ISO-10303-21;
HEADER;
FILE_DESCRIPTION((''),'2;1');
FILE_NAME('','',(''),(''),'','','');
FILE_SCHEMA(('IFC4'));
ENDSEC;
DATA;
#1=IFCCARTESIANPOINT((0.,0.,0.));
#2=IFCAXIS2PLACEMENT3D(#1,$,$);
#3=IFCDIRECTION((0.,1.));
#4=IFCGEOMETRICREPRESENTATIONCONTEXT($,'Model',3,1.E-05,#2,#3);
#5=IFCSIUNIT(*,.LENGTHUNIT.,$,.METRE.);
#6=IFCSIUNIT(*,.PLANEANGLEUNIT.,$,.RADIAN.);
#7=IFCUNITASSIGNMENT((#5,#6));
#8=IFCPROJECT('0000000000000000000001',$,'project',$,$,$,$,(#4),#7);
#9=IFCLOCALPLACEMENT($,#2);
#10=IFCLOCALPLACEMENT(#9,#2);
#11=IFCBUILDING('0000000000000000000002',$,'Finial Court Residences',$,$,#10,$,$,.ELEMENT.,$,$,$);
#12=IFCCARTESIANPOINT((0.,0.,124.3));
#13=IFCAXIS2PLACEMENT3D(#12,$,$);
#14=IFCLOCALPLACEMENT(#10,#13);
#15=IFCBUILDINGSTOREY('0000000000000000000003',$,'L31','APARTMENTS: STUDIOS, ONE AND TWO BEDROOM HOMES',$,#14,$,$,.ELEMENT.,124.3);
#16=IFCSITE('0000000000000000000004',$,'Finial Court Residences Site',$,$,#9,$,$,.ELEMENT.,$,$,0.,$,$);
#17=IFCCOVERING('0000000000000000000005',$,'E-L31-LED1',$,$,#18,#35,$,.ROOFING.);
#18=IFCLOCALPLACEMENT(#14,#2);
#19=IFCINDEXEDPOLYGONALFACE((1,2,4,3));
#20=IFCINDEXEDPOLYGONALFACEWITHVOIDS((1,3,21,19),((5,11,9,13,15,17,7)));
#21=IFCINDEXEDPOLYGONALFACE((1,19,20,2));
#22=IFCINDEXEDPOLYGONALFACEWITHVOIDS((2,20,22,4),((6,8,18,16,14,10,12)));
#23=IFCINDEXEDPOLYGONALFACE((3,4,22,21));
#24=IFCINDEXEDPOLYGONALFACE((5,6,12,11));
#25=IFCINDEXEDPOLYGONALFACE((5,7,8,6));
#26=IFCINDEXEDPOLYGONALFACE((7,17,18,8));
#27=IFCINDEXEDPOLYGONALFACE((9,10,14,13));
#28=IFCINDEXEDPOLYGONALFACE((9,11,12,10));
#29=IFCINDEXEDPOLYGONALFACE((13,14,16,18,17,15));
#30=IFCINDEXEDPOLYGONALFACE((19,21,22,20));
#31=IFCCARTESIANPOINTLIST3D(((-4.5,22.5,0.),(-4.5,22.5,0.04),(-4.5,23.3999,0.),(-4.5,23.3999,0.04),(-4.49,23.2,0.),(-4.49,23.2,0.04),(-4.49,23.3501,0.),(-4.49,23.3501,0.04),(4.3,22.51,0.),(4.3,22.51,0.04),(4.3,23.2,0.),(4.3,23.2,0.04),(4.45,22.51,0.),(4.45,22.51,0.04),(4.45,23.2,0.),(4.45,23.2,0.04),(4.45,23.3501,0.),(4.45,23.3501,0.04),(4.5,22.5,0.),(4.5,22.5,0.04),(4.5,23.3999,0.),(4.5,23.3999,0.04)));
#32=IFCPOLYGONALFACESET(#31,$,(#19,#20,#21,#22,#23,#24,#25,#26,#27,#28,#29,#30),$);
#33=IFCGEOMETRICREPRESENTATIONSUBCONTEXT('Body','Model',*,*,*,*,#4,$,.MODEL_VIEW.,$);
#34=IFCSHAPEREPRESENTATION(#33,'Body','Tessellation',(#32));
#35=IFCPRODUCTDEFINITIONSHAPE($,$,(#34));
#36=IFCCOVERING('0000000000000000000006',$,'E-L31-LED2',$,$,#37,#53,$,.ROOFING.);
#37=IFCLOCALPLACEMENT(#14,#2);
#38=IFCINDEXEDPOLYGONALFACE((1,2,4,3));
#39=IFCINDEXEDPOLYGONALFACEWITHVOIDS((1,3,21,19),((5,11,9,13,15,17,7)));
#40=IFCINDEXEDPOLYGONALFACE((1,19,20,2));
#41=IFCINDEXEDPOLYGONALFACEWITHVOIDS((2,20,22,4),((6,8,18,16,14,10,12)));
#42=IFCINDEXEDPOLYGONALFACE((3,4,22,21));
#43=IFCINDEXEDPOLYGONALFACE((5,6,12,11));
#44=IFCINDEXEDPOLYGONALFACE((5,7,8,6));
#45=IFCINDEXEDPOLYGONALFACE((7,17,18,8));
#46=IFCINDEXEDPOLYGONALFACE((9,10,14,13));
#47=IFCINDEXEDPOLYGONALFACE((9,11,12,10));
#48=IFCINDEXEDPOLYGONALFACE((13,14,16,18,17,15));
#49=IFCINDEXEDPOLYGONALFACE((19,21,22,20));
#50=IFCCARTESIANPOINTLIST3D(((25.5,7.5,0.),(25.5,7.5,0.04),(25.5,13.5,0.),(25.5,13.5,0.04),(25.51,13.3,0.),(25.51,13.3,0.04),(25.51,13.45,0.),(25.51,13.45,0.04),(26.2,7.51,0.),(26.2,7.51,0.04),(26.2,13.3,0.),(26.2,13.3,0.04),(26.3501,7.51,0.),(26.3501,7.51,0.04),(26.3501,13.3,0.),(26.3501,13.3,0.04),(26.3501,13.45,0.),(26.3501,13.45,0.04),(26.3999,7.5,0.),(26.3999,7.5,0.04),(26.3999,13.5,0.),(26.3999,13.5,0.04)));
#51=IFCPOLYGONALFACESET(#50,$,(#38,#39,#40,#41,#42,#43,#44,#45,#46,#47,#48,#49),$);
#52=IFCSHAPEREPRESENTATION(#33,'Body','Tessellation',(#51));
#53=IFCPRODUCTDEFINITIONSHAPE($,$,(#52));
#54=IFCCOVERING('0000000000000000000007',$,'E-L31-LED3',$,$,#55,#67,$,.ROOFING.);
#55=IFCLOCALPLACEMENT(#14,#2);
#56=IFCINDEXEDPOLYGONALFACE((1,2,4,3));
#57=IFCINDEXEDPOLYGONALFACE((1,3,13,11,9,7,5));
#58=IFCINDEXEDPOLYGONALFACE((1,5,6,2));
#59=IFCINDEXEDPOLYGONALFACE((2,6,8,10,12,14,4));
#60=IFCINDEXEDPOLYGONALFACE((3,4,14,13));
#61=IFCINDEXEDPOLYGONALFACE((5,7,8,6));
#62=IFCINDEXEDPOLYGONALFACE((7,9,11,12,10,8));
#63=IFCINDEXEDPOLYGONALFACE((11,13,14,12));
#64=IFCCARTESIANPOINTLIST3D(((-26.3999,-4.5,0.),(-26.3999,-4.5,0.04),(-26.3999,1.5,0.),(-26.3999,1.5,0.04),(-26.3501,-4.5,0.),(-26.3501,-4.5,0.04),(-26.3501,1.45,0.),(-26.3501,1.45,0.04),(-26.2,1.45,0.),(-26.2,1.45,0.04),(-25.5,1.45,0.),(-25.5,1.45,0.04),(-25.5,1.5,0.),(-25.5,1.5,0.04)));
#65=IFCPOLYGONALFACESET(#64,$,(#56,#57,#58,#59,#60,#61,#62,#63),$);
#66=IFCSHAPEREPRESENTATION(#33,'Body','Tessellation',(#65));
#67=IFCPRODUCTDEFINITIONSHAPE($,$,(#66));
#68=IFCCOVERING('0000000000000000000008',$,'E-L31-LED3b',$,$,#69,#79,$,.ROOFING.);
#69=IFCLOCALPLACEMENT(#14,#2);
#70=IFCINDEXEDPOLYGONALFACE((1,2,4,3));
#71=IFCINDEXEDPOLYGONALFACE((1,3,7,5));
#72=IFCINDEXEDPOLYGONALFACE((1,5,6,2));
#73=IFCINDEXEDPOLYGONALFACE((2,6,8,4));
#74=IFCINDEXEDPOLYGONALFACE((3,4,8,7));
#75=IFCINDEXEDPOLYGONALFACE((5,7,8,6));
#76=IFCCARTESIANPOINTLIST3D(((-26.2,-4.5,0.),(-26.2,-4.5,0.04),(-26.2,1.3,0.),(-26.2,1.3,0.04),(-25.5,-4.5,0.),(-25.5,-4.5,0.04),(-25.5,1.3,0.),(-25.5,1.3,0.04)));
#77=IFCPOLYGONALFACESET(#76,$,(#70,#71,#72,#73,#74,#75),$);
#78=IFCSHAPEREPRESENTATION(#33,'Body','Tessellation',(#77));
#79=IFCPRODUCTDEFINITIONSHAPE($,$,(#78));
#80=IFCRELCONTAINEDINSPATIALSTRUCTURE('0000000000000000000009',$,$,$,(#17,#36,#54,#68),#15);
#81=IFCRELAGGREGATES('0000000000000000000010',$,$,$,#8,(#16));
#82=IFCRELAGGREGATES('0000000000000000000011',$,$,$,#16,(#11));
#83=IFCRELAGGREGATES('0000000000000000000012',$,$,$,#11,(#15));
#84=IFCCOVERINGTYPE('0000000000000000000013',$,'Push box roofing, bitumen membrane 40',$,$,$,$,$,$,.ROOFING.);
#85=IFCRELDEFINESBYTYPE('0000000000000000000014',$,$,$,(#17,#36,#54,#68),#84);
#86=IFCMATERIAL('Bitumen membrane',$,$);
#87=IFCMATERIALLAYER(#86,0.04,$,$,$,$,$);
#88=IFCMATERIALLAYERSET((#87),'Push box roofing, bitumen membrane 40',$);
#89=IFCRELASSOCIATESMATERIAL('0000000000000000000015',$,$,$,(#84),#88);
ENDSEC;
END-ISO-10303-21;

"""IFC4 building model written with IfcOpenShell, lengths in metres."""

from ifc_helpers import new_model, si_unit, direction, frame, origin, place, context, subcontext, project, spatial, polyline, outline, extrude, material, layer, layer_set, type_object, element, save


model = new_model("IFC4")

# Units and contexts
model_context = context("Model", 3, precision=1e-05, world=origin(), true_north=direction((0.0, 1.0)))
body_context = subcontext(model_context, "Body", "Model", "MODEL_VIEW")
ifc_project = project(units=[si_unit("LENGTHUNIT", "METRE"), si_unit("PLANEANGLEUNIT", "RADIAN")], contexts=[model_context])

# Site, building, storey
site_placement = place(None, origin())
site = spatial("IfcSite", under=ifc_project, at=site_placement, Name="Finial Court Residences Site", CompositionType="ELEMENT", RefElevation=0.0)
building_placement = place(site_placement, origin())
building = spatial("IfcBuilding", under=site, at=building_placement, Name="Finial Court Residences", CompositionType="ELEMENT")
storey_placement = place(building_placement, frame((0.0, 0.0, 124.3)))
storey = spatial("IfcBuildingStorey", under=building, at=storey_placement, Name="L31", Description="APARTMENTS: STUDIOS, ONE AND TWO BEDROOM HOMES", CompositionType="ELEMENT", Elevation=124.3)

# Coverings
ifc_material_1 = material(Name="Bitumen membrane")
ifc_layer_1 = layer(ifc_material_1, 0.04)
ifc_layer_set_1 = layer_set([ifc_layer_1], Name="Push box roofing, bitumen membrane 40")
covering_type_1 = type_object("IfcCoveringType", Name="Push box roofing, bitumen membrane 40", PredefinedType="ROOFING", material=ifc_layer_set_1)
covering_1_placement = place(storey_placement, origin())
element("IfcCovering", 1, at=covering_1_placement, inside=storey, type_object=covering_type_1, Name="E-L31-LED1", PredefinedType="ROOFING", context=body_context, shape_type="SweptSolid", body=[
    extrude(outline(polyline([(-4.5, 23.3999), (4.5, 23.3999), (4.5, 22.5), (-4.5, 22.5), (-4.5, 23.3999)]), holes=[polyline([(4.45, 22.51), (4.45, 23.2), (4.45, 23.3501), (-4.49, 23.3501), (-4.49, 23.2), (4.3, 23.2), (4.3, 22.51), (4.45, 22.51)])]), origin(), (0.0, 0.0, 1.0), 0.04),
])
covering_2_placement = place(storey_placement, origin())
element("IfcCovering", 2, at=covering_2_placement, inside=storey, type_object=covering_type_1, Name="E-L31-LED2", PredefinedType="ROOFING", context=body_context, shape_type="SweptSolid", body=[
    extrude(outline(polyline([(25.5, 13.5), (26.3999, 13.5), (26.3999, 7.5), (25.5, 7.5), (25.5, 13.5)]), holes=[polyline([(26.3501, 7.51), (26.3501, 13.3), (26.3501, 13.3), (26.3501, 13.45), (25.51, 13.45), (25.51, 13.3), (26.2, 13.3), (26.2, 7.51), (26.3501, 7.51)])]), origin(), (0.0, 0.0, 1.0), 0.04),
])
covering_3_placement = place(storey_placement, origin())
element("IfcCovering", 3, at=covering_3_placement, inside=storey, type_object=covering_type_1, Name="E-L31-LED3", PredefinedType="ROOFING", context=body_context, shape_type="SweptSolid", body=[
    extrude(outline(polyline([(-25.5, 1.45), (-26.2, 1.45), (-26.3501, 1.45), (-26.3501, -4.5), (-26.3999, -4.5), (-26.3999, 1.5), (-25.5, 1.5), (-25.5, 1.45)])), origin(), (0.0, 0.0, 1.0), 0.04),
])
covering_4_placement = place(storey_placement, origin())
element("IfcCovering", 4, at=covering_4_placement, inside=storey, type_object=covering_type_1, Name="E-L31-LED3b", PredefinedType="ROOFING", context=body_context, shape_type="SweptSolid", body=[
    extrude(outline(polyline([(-25.5, -4.5), (-26.2, -4.5), (-26.2, 1.3), (-25.5, 1.3), (-25.5, -4.5)])), origin(), (0.0, 0.0, 1.0), 0.04),
])

save(model, "model.ifc")
